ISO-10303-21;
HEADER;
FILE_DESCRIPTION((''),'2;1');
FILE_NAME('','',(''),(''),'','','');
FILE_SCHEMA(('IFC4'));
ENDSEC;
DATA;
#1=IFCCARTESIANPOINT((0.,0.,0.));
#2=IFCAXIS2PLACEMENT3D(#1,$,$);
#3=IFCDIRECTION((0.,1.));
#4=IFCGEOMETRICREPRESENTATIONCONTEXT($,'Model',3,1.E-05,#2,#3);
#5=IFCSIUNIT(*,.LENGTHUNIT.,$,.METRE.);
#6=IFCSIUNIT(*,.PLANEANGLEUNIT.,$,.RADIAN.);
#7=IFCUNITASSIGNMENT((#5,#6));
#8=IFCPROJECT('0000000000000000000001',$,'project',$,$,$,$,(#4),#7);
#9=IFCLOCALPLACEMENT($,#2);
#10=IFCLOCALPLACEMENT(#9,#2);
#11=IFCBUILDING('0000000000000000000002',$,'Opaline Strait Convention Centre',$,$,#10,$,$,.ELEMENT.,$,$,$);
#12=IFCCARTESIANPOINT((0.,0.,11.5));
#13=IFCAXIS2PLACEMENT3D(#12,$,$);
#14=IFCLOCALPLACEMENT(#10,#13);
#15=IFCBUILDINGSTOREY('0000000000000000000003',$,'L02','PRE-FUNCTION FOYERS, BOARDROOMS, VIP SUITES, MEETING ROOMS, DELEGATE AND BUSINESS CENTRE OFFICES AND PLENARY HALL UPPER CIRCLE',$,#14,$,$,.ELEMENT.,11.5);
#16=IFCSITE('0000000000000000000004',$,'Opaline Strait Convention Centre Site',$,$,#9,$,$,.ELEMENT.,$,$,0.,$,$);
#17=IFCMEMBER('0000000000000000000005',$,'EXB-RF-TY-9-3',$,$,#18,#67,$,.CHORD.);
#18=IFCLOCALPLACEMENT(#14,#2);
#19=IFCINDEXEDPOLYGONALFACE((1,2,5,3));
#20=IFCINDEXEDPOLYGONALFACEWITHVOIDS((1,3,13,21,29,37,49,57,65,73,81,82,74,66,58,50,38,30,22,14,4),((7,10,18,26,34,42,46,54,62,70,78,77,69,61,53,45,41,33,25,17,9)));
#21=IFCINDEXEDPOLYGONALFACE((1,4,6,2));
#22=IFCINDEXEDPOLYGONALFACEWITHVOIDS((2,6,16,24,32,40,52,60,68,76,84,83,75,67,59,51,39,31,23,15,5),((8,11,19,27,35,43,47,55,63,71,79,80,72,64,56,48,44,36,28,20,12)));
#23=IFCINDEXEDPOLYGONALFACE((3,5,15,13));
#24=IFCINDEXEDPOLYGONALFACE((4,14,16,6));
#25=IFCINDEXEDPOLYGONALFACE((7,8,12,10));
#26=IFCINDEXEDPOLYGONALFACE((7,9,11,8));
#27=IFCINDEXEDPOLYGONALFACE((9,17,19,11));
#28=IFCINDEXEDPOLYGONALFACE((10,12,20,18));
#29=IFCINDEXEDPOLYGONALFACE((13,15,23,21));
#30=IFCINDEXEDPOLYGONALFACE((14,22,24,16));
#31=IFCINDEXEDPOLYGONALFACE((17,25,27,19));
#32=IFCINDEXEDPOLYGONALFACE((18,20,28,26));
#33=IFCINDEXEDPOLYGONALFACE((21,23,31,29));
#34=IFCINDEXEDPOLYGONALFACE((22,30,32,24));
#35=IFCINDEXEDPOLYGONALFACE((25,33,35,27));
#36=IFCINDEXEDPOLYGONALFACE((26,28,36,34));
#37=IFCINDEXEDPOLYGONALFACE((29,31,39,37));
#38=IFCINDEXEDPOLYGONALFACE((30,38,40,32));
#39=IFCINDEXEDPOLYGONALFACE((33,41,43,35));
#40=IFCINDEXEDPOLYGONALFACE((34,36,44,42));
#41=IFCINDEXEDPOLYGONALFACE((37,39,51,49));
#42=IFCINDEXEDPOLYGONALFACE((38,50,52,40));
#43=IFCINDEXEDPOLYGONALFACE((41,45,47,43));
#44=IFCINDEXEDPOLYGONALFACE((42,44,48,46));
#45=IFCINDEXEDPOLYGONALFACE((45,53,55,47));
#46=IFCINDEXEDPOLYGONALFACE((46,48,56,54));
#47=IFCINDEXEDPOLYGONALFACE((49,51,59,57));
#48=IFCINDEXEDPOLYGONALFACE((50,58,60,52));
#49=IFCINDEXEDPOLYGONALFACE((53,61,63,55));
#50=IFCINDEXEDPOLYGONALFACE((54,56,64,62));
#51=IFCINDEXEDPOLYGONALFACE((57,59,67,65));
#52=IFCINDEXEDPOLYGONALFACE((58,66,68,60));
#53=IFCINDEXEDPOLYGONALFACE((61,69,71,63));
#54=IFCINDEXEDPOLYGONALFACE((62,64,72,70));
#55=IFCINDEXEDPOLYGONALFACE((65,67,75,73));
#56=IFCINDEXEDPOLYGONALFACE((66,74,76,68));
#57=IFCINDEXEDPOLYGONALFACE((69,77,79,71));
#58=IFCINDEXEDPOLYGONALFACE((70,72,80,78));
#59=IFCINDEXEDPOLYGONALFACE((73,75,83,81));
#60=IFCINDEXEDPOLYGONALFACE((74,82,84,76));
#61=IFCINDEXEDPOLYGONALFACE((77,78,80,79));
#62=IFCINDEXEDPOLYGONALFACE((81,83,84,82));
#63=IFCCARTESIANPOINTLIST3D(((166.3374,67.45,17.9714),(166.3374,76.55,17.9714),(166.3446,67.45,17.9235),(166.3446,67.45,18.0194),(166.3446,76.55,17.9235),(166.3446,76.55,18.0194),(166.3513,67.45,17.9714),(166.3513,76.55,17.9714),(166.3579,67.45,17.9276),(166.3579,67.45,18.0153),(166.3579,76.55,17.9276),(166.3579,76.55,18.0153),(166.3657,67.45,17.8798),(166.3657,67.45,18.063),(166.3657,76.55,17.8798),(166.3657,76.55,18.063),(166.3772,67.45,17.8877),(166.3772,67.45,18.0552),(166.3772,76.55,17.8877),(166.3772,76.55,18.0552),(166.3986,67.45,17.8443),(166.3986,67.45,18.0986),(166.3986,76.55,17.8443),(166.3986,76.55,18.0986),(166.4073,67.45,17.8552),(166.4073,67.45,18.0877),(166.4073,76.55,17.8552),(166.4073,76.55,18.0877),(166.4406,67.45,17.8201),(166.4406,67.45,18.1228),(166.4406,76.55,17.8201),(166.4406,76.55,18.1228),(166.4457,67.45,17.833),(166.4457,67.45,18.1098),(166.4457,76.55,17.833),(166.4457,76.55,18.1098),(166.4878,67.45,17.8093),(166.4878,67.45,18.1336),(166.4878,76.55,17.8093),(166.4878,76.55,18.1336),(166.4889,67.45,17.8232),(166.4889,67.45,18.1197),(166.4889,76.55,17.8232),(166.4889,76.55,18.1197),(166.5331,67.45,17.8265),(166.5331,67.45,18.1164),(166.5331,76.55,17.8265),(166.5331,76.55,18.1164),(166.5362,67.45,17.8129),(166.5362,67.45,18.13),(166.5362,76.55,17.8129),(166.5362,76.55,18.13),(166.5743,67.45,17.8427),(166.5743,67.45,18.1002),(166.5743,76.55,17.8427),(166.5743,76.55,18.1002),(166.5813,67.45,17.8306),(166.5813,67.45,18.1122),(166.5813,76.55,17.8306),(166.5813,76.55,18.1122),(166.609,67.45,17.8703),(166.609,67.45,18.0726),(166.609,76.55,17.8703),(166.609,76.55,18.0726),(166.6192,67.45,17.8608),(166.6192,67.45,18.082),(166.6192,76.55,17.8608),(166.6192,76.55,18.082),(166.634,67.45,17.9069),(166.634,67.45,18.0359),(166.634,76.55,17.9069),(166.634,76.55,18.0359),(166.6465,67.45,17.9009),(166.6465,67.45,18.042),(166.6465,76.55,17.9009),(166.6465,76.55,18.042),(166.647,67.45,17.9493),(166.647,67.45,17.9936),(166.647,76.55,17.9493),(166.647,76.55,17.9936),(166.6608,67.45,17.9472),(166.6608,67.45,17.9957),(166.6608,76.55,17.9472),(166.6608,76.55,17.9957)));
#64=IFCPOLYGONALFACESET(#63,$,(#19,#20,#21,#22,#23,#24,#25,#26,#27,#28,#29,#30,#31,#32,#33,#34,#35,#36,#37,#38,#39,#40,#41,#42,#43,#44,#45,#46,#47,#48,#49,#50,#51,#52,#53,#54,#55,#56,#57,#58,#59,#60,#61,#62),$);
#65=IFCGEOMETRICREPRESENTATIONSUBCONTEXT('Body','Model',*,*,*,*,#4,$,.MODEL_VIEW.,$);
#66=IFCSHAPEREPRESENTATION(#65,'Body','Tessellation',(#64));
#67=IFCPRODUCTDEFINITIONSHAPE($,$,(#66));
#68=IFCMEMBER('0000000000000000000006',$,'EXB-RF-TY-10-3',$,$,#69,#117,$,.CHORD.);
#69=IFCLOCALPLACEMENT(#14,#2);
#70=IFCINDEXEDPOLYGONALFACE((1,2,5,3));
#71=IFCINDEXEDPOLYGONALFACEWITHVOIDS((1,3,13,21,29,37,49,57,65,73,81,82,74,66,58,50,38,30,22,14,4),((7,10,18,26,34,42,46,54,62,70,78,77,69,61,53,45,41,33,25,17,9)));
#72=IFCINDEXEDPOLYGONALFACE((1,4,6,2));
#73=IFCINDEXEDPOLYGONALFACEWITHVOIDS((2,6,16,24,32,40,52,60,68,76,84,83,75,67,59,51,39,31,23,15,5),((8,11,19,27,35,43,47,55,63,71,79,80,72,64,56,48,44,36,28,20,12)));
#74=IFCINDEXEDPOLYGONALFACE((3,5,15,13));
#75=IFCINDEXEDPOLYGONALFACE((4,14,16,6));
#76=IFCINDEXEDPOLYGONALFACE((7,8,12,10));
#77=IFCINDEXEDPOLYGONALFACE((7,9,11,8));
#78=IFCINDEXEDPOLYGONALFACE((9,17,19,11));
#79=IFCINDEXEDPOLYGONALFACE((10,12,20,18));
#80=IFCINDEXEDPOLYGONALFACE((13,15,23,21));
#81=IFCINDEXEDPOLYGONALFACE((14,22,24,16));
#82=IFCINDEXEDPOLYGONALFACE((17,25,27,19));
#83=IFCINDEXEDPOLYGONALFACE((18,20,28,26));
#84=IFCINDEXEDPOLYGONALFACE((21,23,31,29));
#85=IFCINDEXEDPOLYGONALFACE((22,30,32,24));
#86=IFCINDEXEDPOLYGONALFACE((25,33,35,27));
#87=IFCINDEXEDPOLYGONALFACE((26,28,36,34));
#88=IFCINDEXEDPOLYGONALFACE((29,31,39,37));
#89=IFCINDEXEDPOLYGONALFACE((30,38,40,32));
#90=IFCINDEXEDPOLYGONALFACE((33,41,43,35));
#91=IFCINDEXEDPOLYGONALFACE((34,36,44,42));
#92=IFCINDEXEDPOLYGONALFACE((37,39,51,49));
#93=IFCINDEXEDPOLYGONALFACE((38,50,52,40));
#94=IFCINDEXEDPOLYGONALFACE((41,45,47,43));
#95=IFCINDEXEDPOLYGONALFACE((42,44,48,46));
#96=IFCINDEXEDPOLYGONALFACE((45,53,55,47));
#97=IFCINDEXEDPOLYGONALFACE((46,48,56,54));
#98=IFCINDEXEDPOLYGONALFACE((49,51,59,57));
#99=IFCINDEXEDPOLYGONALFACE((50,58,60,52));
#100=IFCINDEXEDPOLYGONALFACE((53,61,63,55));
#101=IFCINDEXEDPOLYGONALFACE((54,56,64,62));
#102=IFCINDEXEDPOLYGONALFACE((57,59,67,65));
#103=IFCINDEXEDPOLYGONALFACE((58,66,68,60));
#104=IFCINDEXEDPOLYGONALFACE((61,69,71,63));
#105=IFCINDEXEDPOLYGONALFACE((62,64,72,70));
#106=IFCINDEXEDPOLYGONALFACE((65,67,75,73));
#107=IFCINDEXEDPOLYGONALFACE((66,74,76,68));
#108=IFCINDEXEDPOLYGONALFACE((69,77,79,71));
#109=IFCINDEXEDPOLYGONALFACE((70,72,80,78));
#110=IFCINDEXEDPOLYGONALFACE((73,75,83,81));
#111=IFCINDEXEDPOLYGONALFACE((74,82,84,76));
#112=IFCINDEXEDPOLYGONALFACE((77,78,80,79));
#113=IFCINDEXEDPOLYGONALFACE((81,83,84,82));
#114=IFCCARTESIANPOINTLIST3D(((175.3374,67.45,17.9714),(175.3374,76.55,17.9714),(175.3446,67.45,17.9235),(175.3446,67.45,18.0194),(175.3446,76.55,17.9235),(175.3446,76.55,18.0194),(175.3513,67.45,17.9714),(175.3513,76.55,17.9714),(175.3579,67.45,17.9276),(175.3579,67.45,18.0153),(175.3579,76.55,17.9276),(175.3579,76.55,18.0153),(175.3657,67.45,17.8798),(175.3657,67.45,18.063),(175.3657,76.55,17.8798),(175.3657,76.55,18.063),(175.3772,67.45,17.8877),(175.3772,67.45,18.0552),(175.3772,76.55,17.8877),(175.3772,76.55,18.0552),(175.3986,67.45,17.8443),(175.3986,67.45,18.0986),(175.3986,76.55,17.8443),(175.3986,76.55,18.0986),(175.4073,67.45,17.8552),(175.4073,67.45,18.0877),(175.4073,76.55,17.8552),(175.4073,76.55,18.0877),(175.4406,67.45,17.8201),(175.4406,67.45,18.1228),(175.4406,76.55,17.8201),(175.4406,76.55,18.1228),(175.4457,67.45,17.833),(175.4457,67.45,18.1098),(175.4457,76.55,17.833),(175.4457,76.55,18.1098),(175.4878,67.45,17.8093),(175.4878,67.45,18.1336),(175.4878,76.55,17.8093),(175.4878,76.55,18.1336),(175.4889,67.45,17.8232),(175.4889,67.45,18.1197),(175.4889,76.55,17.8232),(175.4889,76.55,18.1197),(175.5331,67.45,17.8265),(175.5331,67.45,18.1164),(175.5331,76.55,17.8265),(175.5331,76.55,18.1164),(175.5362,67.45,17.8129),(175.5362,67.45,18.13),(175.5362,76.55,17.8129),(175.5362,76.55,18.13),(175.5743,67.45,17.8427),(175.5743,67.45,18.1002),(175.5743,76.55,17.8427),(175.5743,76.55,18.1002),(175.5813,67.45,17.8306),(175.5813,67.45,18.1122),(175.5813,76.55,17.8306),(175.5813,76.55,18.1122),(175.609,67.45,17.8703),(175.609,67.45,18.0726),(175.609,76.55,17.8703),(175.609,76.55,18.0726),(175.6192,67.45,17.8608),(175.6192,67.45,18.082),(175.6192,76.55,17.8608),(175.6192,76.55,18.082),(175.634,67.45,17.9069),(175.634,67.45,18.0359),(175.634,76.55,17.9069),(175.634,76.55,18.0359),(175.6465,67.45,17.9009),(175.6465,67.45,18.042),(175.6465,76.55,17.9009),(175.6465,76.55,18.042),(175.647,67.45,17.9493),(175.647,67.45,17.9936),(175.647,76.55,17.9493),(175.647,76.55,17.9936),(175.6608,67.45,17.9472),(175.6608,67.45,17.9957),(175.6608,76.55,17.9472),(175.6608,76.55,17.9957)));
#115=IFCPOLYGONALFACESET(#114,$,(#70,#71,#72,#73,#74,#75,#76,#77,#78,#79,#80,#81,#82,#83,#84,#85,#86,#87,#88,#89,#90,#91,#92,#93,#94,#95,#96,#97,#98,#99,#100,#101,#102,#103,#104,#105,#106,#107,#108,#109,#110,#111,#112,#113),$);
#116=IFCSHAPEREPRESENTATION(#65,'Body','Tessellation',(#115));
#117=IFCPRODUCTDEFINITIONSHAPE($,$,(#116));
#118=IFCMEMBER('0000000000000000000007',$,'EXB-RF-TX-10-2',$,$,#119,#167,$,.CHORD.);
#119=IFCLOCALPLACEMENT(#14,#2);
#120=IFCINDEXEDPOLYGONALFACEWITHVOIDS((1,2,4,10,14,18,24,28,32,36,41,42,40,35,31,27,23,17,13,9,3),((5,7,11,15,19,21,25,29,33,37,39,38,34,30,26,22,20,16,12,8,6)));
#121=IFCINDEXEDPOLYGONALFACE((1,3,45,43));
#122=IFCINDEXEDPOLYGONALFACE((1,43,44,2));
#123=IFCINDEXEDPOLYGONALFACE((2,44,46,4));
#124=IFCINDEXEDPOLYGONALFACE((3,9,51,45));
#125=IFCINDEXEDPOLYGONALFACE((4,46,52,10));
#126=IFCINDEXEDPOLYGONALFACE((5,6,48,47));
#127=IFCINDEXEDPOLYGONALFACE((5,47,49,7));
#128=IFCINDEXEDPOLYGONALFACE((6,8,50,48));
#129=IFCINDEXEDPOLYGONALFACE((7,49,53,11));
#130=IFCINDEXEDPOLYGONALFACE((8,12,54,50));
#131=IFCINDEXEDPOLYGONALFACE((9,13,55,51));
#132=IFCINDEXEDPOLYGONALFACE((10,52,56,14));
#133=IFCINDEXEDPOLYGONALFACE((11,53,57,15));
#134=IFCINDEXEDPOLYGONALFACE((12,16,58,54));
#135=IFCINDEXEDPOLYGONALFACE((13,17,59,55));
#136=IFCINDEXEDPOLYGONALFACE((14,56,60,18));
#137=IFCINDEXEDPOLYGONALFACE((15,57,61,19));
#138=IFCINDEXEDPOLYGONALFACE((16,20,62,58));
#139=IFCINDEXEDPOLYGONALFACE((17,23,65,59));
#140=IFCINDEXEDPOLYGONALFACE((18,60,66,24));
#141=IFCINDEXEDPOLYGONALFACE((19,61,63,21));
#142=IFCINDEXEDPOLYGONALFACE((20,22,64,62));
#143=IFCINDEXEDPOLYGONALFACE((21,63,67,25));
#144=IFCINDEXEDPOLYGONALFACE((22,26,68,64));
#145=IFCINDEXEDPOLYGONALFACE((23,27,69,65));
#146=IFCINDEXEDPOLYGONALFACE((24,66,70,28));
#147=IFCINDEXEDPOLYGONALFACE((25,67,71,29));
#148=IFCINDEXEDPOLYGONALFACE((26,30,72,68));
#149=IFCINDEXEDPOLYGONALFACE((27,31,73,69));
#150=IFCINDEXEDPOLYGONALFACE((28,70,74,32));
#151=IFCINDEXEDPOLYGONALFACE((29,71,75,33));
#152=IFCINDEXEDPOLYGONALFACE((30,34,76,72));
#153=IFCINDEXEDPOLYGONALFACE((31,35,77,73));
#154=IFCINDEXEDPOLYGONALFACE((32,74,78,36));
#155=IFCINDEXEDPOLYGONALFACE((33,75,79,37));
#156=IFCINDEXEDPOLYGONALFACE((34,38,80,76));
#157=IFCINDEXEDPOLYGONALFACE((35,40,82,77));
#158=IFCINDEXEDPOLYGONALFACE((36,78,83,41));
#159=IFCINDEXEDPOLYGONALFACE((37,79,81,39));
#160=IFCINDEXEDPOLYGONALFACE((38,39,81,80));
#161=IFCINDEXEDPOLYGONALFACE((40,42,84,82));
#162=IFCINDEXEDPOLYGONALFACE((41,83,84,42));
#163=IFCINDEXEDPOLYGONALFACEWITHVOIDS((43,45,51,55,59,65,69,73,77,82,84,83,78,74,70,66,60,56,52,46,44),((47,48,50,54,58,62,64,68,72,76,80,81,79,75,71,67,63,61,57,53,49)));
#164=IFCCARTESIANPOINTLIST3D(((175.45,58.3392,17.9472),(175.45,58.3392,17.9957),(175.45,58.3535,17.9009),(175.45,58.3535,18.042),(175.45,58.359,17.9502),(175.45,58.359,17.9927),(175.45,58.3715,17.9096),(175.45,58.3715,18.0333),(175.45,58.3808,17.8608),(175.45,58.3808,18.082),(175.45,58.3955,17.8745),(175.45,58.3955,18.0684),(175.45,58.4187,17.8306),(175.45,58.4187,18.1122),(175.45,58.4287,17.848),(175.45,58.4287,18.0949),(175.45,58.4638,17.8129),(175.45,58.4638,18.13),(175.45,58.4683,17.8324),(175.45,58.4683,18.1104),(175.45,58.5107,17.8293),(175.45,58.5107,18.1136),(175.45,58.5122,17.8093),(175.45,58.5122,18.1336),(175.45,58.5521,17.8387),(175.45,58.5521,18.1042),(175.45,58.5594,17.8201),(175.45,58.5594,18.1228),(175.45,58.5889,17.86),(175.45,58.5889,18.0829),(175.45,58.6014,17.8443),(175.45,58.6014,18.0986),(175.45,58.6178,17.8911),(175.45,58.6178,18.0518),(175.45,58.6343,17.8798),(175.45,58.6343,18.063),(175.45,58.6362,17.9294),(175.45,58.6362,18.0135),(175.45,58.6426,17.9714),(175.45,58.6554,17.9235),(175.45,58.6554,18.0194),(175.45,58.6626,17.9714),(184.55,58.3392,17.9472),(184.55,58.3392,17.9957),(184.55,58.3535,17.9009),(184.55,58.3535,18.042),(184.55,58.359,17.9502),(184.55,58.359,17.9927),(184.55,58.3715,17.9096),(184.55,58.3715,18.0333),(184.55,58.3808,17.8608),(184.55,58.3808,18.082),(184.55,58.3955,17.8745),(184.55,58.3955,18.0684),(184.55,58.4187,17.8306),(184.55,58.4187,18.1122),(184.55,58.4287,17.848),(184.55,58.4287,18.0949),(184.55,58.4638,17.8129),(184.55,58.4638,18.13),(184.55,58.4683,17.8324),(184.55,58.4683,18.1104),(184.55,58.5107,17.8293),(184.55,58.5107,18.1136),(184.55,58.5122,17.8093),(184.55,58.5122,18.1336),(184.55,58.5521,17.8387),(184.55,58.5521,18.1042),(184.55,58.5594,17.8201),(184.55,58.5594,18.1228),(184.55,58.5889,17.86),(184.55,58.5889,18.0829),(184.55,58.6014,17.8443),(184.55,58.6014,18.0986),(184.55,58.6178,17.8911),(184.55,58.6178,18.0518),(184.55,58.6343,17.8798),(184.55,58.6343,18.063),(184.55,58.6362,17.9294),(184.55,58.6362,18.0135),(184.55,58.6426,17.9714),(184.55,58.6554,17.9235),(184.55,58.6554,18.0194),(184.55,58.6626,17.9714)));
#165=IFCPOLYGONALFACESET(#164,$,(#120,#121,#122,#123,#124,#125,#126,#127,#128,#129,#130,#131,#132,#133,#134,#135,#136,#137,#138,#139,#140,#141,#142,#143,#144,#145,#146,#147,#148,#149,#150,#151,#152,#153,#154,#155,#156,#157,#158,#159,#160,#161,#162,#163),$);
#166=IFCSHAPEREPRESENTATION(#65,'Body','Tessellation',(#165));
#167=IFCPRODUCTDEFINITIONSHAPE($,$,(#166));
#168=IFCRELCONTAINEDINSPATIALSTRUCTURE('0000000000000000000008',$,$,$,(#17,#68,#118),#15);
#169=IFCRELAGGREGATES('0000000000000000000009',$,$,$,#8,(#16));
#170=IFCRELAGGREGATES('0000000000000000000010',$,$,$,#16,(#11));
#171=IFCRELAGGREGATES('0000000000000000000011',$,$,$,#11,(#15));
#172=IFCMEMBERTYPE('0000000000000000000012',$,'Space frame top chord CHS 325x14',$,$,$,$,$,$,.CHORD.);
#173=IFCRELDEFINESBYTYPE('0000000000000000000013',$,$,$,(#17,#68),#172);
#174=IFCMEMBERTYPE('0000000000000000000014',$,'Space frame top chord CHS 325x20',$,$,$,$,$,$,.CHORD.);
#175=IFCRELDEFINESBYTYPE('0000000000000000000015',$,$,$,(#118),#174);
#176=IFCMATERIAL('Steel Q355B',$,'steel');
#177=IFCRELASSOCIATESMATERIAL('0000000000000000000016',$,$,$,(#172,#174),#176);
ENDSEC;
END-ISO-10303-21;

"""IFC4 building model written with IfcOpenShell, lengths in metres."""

from ifc_helpers import new_model, si_unit, direction, frame, origin, origin_2d, place, context, subcontext, project, spatial, hollow_circle, extrude, material, material_profile, profile_set, type_object, element, save


model = new_model("IFC4")

# Units and contexts
model_context = context("Model", 3, precision=1e-05, world=origin(), true_north=direction((0.0, 1.0)))
body_context = subcontext(model_context, "Body", "Model", "MODEL_VIEW")
ifc_project = project(units=[si_unit("LENGTHUNIT", "METRE"), si_unit("PLANEANGLEUNIT", "RADIAN")], contexts=[model_context])

# Site, building, storey
site_placement = place(None, origin())
site = spatial("IfcSite", under=ifc_project, at=site_placement, Name="Opaline Strait Convention Centre Site", CompositionType="ELEMENT", RefElevation=0.0)
building_placement = place(site_placement, origin())
building = spatial("IfcBuilding", under=site, at=building_placement, Name="Opaline Strait Convention Centre", CompositionType="ELEMENT")
storey_placement = place(building_placement, frame((0.0, 0.0, 11.5)))
storey = spatial("IfcBuildingStorey", under=building, at=storey_placement, Name="L02", Description="PRE-FUNCTION FOYERS, BOARDROOMS, VIP SUITES, MEETING ROOMS, DELEGATE AND BUSINESS CENTRE OFFICES AND PLENARY HALL UPPER CIRCLE", CompositionType="ELEMENT", Elevation=11.5)

# Members
ifc_material = material(Name="Steel Q355B", Category="steel")
ifc_material_profile_1 = material_profile(ifc_material, hollow_circle(Radius=0.1626, WallThickness=0.0139, at=origin_2d()), Name="CHS 325x14")
ifc_profile_set_1 = profile_set([ifc_material_profile_1], Name="Steel Q355B")
member_type_1 = type_object("IfcMemberType", Name="Space frame top chord CHS 325x14", PredefinedType="CHORD", material=ifc_profile_set_1)
for number, where, z_axis, x_axis, name in (
    (1, (166.5, 67.45, 17.9714), (0.0, 1.0, 0.0), (-1.0, 0.0, 0.0), "EXB-RF-TY-9-3"),
    (2, (175.5, 67.45, 17.9714), (0.0, 1.0, 0.0), (-1.0, 0.0, 0.0), "EXB-RF-TY-10-3"),
):
    element("IfcMember", number, at=place(storey_placement, frame(where, z_axis=z_axis, x_axis=x_axis)), inside=storey, type_object=member_type_1, Name=name, PredefinedType="CHORD", context=body_context, shape_type="SweptSolid", body=[
        extrude(hollow_circle(Radius=0.1626, WallThickness=0.0139, at=origin_2d()), origin(), (0.0, 0.0, 1.0), 9.1001),
    ])
ifc_material_profile_2 = material_profile(ifc_material, hollow_circle(Radius=0.1626, WallThickness=0.02, at=origin_2d()), Name="CHS 325x20")
ifc_profile_set_2 = profile_set([ifc_material_profile_2], Name="Steel Q355B")
member_type_2 = type_object("IfcMemberType", Name="Space frame top chord CHS 325x20", PredefinedType="CHORD", material=ifc_profile_set_2)
member_1_placement = place(storey_placement, frame((175.45, 58.5, 17.9714), z_axis=(1.0, 0.0, 0.0), x_axis=(0.0, 1.0, 0.0)))
element("IfcMember", 3, at=member_1_placement, inside=storey, type_object=member_type_2, Name="EXB-RF-TX-10-2", PredefinedType="CHORD", context=body_context, shape_type="SweptSolid", body=[
    extrude(hollow_circle(Radius=0.1626, WallThickness=0.02, at=origin_2d()), origin(), (0.0, 0.0, 1.0), 9.1001),
])

save(model, "model.ifc")
